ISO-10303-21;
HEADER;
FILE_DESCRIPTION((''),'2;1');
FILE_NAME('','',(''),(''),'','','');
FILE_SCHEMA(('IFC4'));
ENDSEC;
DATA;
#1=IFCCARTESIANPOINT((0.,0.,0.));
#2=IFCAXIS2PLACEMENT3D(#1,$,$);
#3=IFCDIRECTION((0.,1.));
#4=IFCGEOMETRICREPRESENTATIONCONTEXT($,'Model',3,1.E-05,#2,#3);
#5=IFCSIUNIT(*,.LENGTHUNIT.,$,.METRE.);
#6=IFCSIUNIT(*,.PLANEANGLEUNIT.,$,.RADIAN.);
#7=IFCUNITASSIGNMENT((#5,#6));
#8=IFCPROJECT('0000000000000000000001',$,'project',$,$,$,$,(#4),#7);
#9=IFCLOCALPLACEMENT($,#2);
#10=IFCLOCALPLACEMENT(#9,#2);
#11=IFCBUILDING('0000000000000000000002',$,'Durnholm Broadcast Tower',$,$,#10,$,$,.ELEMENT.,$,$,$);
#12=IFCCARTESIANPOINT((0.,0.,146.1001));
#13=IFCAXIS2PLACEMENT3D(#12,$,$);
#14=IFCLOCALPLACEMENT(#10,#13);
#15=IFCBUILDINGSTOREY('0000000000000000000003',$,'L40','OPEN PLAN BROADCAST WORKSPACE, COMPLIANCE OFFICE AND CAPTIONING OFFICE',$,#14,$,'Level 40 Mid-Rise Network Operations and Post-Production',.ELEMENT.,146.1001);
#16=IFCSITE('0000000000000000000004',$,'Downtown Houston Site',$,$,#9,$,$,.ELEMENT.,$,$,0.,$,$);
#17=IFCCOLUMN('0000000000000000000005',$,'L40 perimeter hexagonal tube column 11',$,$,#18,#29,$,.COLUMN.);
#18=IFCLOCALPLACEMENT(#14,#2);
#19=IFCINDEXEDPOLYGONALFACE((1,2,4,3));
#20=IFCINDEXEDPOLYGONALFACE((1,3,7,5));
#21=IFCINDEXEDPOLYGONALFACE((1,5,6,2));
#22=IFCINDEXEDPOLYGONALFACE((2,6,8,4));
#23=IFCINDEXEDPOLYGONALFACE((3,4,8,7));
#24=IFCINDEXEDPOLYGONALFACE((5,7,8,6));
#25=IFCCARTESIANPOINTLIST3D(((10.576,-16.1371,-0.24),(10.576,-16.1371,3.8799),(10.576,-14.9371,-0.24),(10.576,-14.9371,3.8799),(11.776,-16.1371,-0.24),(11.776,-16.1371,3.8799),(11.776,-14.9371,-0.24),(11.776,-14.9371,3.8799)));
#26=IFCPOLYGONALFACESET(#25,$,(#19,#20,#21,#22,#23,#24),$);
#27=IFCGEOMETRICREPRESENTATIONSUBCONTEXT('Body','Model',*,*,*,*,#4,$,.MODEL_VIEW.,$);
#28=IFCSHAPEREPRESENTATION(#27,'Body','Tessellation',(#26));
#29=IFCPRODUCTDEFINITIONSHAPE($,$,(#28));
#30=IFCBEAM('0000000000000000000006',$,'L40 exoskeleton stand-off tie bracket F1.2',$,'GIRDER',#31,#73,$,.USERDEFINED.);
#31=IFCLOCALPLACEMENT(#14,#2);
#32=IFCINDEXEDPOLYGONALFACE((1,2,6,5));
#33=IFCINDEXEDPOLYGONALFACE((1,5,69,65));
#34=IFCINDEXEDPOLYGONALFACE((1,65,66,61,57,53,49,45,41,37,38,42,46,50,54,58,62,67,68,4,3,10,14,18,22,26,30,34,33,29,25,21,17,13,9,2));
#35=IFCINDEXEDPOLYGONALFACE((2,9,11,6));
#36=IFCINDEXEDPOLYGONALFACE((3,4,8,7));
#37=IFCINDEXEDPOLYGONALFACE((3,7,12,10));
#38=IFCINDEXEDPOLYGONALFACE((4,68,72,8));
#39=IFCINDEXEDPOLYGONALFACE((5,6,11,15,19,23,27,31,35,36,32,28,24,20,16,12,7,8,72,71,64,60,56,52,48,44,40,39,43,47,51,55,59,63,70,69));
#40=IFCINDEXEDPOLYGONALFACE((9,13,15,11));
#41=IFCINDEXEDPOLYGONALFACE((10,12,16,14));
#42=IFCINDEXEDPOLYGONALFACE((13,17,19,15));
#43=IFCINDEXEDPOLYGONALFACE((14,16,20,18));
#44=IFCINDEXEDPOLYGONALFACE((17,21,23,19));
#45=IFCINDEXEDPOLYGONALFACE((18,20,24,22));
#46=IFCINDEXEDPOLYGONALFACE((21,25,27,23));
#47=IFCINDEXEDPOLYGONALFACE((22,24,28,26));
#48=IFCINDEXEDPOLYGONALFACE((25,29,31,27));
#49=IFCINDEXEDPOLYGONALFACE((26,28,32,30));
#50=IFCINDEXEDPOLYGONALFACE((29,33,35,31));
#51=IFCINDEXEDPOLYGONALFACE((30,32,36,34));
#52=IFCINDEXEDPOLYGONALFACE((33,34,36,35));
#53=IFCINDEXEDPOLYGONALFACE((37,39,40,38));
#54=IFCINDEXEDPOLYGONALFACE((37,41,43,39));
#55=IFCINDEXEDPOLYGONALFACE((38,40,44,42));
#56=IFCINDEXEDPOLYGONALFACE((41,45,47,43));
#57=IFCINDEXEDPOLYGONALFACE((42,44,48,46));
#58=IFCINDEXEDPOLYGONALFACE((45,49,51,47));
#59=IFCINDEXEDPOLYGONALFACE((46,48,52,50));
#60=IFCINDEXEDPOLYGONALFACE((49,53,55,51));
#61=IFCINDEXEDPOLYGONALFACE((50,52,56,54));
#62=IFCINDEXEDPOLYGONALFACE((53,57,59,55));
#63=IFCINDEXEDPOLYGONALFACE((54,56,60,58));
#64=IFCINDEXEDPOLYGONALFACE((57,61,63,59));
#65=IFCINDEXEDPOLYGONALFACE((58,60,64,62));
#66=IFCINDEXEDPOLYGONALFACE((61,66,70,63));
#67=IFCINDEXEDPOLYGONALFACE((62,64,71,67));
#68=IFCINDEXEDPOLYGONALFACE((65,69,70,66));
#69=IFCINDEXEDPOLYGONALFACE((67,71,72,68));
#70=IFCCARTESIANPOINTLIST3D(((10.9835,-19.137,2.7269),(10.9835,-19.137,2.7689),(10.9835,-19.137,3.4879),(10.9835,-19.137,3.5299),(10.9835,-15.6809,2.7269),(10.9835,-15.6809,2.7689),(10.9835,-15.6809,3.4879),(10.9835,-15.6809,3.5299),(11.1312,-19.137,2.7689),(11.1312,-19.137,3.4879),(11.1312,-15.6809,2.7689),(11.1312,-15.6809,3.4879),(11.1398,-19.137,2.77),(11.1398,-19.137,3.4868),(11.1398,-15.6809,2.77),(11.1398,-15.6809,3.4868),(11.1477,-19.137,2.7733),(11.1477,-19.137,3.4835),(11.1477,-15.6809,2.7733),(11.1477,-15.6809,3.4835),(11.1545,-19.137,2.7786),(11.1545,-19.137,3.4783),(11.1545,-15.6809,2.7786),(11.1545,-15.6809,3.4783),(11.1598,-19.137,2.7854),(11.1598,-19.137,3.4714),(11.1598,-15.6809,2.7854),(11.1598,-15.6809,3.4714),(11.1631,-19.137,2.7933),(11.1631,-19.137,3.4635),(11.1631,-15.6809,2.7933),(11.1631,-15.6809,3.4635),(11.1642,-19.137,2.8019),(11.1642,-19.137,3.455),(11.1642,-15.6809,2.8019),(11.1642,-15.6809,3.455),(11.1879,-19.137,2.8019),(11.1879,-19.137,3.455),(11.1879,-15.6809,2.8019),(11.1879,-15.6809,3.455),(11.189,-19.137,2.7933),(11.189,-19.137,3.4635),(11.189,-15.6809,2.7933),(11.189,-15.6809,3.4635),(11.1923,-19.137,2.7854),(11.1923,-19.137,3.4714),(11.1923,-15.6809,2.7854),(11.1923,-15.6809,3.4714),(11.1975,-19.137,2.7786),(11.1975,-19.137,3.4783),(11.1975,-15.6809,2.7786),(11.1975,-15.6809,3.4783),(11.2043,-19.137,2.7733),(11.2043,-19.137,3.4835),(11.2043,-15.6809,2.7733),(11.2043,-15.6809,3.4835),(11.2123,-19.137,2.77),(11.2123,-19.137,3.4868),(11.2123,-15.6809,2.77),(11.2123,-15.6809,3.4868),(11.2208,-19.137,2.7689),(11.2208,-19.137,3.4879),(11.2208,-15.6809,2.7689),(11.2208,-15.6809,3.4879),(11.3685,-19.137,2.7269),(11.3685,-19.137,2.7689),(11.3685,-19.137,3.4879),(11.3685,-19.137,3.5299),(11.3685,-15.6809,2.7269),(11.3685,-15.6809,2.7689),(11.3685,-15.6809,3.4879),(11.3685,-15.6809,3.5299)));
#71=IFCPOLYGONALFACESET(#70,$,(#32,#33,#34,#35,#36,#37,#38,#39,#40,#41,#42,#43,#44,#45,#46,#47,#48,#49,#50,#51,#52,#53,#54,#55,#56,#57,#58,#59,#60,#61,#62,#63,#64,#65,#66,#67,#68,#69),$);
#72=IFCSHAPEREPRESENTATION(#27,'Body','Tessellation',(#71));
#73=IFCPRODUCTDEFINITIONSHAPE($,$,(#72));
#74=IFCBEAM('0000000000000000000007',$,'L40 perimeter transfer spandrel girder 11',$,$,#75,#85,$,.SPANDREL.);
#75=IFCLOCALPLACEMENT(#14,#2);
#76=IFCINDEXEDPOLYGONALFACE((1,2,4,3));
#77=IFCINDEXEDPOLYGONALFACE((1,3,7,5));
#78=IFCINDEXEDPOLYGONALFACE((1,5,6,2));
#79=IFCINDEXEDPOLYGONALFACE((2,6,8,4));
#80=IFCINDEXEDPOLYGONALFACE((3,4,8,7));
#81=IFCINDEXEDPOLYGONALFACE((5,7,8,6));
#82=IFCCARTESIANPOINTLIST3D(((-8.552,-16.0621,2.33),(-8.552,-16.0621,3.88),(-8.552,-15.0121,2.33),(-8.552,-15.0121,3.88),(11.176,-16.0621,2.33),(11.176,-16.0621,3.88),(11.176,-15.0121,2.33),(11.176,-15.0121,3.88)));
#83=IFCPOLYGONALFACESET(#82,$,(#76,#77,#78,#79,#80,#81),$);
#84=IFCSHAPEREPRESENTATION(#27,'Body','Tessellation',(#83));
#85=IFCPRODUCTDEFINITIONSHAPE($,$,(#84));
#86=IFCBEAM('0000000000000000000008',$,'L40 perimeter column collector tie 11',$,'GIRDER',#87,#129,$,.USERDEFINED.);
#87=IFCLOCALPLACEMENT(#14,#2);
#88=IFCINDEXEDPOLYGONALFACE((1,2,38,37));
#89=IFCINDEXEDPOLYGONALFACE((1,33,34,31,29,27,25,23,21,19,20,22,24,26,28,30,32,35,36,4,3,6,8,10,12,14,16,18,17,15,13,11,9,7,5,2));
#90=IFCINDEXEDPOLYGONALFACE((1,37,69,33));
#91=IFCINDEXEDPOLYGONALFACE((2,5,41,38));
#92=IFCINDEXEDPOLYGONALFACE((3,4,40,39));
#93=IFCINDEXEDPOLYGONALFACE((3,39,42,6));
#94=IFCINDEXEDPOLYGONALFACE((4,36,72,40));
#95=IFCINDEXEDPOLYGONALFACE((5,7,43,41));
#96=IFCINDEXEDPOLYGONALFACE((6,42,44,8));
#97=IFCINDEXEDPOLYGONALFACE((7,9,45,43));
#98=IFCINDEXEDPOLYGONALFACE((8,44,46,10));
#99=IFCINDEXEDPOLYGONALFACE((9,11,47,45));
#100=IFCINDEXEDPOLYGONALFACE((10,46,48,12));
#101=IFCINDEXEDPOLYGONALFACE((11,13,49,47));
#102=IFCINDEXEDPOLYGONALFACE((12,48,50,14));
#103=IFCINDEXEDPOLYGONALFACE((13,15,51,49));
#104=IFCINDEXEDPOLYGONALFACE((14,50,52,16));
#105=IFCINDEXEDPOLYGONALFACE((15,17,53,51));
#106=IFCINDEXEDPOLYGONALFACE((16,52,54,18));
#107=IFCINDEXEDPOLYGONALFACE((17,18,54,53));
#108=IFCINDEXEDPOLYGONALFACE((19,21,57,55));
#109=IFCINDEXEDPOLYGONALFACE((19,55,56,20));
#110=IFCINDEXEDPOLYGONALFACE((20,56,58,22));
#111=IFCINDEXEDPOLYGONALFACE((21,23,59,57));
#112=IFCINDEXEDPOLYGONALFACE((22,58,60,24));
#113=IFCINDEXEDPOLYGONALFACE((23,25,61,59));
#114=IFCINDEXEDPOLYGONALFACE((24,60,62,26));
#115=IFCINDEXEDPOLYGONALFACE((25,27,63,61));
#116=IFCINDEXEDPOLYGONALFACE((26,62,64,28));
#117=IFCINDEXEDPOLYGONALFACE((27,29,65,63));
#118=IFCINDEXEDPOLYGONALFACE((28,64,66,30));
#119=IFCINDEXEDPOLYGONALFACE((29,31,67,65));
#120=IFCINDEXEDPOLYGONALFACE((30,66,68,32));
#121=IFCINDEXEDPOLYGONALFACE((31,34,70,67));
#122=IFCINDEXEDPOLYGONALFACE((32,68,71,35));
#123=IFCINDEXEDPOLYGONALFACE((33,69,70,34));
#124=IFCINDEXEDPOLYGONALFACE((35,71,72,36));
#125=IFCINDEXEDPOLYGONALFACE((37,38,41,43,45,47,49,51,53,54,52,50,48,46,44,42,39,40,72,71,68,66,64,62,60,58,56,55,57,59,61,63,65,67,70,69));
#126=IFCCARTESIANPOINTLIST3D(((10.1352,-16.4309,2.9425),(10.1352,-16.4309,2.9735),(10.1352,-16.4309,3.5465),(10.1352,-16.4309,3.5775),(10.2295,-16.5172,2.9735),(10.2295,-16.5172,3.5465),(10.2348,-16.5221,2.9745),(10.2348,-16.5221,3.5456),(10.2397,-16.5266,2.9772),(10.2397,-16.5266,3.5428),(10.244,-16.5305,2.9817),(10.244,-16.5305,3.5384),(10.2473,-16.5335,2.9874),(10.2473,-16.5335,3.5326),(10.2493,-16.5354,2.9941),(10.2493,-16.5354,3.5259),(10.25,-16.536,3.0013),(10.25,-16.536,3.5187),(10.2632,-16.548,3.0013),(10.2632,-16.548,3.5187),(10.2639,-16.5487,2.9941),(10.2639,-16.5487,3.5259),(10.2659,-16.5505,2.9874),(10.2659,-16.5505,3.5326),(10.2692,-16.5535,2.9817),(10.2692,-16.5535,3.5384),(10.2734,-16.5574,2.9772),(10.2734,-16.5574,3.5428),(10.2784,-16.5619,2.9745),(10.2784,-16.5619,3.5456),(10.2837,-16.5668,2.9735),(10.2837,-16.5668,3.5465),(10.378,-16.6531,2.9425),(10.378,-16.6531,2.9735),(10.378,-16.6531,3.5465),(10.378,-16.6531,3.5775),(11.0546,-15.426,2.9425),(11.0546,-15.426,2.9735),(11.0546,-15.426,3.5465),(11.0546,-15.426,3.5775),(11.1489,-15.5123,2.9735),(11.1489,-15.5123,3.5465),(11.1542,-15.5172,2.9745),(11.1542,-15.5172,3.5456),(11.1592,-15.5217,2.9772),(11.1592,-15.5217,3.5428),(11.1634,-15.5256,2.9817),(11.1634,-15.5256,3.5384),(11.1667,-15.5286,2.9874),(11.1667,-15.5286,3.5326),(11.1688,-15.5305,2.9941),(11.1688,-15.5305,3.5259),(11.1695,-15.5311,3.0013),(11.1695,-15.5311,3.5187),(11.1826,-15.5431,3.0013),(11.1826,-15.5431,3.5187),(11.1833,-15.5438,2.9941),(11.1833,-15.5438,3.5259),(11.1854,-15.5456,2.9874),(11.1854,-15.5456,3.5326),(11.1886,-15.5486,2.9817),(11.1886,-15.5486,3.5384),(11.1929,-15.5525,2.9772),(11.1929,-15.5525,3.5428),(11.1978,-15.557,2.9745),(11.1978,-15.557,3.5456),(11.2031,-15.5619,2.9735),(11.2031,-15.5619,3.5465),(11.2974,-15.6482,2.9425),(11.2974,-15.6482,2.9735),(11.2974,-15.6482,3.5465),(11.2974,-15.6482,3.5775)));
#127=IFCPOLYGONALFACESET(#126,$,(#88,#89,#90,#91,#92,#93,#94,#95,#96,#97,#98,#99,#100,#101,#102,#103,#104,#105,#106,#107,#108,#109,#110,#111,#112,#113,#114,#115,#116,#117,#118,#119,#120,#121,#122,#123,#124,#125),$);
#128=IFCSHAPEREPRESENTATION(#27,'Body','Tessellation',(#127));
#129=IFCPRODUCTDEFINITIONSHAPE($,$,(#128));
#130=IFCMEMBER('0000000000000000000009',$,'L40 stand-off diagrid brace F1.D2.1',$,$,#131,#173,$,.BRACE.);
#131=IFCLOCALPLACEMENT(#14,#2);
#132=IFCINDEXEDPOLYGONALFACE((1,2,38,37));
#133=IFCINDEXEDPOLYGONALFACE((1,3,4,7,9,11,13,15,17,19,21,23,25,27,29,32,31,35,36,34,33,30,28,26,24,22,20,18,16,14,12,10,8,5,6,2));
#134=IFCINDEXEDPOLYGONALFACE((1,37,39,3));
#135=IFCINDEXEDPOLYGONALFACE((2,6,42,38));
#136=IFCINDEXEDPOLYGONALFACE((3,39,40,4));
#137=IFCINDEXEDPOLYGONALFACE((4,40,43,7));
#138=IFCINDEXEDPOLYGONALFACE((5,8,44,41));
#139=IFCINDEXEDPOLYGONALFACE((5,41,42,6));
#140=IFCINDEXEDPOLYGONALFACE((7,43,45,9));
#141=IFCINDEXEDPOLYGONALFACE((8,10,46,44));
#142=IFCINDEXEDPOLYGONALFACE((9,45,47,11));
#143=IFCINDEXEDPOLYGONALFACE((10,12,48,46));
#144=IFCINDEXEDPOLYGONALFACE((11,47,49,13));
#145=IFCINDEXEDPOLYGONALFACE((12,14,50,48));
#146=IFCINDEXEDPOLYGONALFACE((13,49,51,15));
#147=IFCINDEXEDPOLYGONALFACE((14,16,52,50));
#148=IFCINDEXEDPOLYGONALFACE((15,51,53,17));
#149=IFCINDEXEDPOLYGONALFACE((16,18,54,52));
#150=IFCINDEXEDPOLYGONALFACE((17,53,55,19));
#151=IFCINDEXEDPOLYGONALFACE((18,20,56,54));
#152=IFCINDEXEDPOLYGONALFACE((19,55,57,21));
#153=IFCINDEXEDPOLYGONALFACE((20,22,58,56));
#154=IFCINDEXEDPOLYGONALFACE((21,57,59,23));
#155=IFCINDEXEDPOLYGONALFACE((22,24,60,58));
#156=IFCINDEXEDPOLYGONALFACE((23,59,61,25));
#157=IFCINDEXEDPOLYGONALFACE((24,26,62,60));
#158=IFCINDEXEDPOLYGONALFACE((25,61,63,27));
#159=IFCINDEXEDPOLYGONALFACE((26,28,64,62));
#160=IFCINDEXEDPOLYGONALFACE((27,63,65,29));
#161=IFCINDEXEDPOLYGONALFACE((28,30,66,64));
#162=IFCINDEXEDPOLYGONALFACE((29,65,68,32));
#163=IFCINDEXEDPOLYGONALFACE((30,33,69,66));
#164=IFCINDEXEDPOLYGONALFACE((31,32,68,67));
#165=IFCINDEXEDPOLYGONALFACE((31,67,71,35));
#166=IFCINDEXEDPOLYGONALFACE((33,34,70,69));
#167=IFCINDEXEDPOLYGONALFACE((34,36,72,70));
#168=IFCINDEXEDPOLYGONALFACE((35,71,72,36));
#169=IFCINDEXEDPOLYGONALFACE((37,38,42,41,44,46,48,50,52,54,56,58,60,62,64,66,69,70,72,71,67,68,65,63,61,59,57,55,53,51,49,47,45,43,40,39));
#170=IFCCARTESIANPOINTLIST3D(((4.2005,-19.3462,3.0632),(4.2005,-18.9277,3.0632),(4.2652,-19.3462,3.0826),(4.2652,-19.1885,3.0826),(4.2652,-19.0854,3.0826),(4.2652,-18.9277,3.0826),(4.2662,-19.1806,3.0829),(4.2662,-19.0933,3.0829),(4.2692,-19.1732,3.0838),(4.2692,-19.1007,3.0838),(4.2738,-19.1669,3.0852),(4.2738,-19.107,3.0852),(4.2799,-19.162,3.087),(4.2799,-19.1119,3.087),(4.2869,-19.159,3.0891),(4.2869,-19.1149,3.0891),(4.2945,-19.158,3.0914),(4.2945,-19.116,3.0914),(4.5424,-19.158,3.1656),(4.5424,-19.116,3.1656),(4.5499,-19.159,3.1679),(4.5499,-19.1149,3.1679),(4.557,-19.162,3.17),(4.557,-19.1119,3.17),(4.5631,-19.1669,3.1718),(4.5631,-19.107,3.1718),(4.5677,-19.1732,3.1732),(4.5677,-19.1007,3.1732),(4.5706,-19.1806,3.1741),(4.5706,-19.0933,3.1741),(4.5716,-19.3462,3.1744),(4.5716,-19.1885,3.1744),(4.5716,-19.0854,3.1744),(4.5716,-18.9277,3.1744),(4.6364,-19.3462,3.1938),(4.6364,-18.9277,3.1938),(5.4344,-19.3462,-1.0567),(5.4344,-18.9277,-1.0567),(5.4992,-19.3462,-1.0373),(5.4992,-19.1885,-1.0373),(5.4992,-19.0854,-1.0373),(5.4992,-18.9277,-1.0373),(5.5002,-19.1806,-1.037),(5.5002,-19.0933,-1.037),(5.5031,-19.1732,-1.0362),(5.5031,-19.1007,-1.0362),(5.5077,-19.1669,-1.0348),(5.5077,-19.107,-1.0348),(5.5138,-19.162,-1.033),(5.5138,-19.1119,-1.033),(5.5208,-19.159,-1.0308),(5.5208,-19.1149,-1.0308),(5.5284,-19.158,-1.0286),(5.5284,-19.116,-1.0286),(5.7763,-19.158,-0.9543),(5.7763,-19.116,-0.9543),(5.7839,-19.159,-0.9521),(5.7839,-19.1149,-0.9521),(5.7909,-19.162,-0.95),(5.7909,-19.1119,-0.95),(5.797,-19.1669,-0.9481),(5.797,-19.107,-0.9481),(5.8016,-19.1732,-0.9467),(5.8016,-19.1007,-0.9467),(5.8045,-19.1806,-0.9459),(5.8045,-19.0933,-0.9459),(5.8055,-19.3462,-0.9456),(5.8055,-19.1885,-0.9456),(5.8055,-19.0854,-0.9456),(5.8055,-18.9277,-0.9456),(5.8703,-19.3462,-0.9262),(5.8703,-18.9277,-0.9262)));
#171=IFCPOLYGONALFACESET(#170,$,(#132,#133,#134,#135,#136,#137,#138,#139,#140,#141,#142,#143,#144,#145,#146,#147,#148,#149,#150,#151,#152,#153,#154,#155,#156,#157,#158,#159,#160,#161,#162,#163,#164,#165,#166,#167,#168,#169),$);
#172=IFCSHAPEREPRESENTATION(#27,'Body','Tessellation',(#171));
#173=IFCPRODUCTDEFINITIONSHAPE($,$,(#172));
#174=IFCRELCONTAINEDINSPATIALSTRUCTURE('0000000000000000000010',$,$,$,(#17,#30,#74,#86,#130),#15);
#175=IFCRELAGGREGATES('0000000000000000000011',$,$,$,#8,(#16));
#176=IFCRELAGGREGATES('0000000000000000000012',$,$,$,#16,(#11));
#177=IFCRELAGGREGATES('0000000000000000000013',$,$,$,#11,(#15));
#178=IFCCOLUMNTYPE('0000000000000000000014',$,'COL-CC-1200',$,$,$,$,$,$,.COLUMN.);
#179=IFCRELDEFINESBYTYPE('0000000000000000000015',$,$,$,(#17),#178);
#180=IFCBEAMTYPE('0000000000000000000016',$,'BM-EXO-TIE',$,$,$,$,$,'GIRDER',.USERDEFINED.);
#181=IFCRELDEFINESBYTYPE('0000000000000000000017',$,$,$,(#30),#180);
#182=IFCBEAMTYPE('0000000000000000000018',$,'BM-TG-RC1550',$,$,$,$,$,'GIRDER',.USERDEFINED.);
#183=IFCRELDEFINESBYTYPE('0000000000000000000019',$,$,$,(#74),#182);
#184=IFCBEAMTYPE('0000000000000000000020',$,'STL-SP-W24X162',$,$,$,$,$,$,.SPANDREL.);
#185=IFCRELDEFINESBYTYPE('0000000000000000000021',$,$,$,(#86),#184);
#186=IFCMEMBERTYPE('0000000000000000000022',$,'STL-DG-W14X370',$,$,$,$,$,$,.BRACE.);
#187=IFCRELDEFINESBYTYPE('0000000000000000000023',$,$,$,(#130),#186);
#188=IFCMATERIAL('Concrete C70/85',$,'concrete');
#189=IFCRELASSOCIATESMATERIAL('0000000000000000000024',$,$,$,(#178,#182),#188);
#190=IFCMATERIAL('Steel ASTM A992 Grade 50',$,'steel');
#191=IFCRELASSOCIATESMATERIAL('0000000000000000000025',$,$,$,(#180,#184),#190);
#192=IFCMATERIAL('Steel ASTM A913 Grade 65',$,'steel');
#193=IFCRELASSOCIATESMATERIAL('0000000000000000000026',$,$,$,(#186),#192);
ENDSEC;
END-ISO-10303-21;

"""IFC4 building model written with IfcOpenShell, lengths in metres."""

from ifc_helpers import new_model, si_unit, direction, frame, origin, origin_2d, place, context, subcontext, project, spatial, rectangle, i_section, extrude, source, transform, mapped, material, material_profile, profile_set, type_object, type_shapes, element, save


model = new_model("IFC4")

# Units and contexts
model_context = context("Model", 3, precision=1e-05, world=origin(), true_north=direction((0.0, 1.0)))
body_context = subcontext(model_context, "Body", "Model", "MODEL_VIEW")
ifc_project = project(units=[si_unit("LENGTHUNIT", "METRE"), si_unit("PLANEANGLEUNIT", "RADIAN")], contexts=[model_context])

# Site, building, storey
site_placement = place(None, origin())
site = spatial("IfcSite", under=ifc_project, at=site_placement, Name="Downtown Houston Site", CompositionType="ELEMENT", RefElevation=0.0)
building_placement = place(site_placement, origin())
building = spatial("IfcBuilding", under=site, at=building_placement, Name="Durnholm Broadcast Tower", CompositionType="ELEMENT")
storey_placement = place(building_placement, frame((0.0, 0.0, 146.1001)))
storey = spatial("IfcBuildingStorey", under=building, at=storey_placement, Name="L40", Description="OPEN PLAN BROADCAST WORKSPACE, COMPLIANCE OFFICE AND CAPTIONING OFFICE", LongName="Level 40 Mid-Rise Network Operations and Post-Production", CompositionType="ELEMENT", Elevation=146.1001)

# Column
ifc_material_1 = material(Name="Concrete C70/85", Category="concrete")
ifc_material_profile_1 = material_profile(ifc_material_1, rectangle(XDim=1.2, YDim=1.2, at=origin_2d()), Name="RC1200X1200")
ifc_profile_set_1 = profile_set([ifc_material_profile_1], Name="Concrete C70/85")
column_type = type_object("IfcColumnType", Name="COL-CC-1200", PredefinedType="COLUMN", material=ifc_profile_set_1)
shared_shape_1 = source(origin(), body_context, "Body", "SweptSolid", [
    extrude(rectangle(XDim=1.2, YDim=1.2, at=origin_2d()), origin(), (0.0, 0.0, 1.0), 4.1199),
])
type_shapes(column_type, [shared_shape_1])
column_placement = place(storey_placement, frame((11.176, -15.5371, -0.24), z_axis=(0.0, 0.0, 1.0), x_axis=(1.0, 0.0, 0.0)))
element("IfcColumn", 1, at=column_placement, inside=storey, type_object=column_type, Name="L40 perimeter hexagonal tube column 11", PredefinedType="COLUMN", context=body_context, shape_type="MappedRepresentation", body=[
    mapped(shared_shape_1, transform((0.0, 0.0, 0.0), x_axis=(1.0, 0.0, 0.0), y_axis=(0.0, 1.0, 0.0), z_axis=(0.0, 0.0, 1.0), scale=1.0)),
])

# Beams
ifc_material_2 = material(Name="Steel ASTM A992 Grade 50", Category="steel")
ifc_material_profile_2 = material_profile(ifc_material_2, i_section(OverallWidth=0.385, OverallDepth=0.803, WebThickness=0.0237, FlangeThickness=0.042, FilletRadius=0.033, at=origin_2d()), Name="W30X261")
ifc_profile_set_2 = profile_set([ifc_material_profile_2], Name="Steel ASTM A992 Grade 50")
beam_type_1 = type_object("IfcBeamType", Name="BM-EXO-TIE", ElementType="GIRDER", PredefinedType="USERDEFINED", material=ifc_profile_set_2)
shared_shape_2 = source(origin(), body_context, "Body", "SweptSolid", [
    extrude(i_section(OverallWidth=0.385, OverallDepth=0.803, WebThickness=0.0237, FlangeThickness=0.042, FilletRadius=0.033, at=origin_2d()), origin(), (0.0, 0.0, 1.0), 3.4561),
])
type_shapes(beam_type_1, [shared_shape_2])
beam_1_placement = place(storey_placement, frame((11.176, -15.6809, 3.1284), z_axis=(0.0, -1.0, 0.0), x_axis=(1.0, 0.0, 0.0)))
element("IfcBeam", 2, at=beam_1_placement, inside=storey, type_object=beam_type_1, Name="L40 exoskeleton stand-off tie bracket F1.2", ObjectType="GIRDER", PredefinedType="USERDEFINED", context=body_context, shape_type="MappedRepresentation", body=[
    mapped(shared_shape_2, transform((0.0, 0.0, 0.0), x_axis=(1.0, 0.0, 0.0), y_axis=(0.0, 1.0, 0.0), z_axis=(0.0, 0.0, 1.0), scale=1.0)),
])
ifc_material_profile_3 = material_profile(ifc_material_1, rectangle(XDim=1.05, YDim=1.55, at=origin_2d()), Name="RC1050X1550")
ifc_profile_set_3 = profile_set([ifc_material_profile_3], Name="Concrete C70/85")
beam_type_2 = type_object("IfcBeamType", Name="BM-TG-RC1550", ElementType="GIRDER", PredefinedType="USERDEFINED", material=ifc_profile_set_3)
shared_shape_3 = source(origin(), body_context, "Body", "SweptSolid", [
    extrude(rectangle(XDim=1.05, YDim=1.55, at=origin_2d()), origin(), (0.0, 0.0, 1.0), 19.728),
])
type_shapes(beam_type_2, [shared_shape_3])
beam_2_placement = place(storey_placement, frame((11.176, -15.5371, 3.105), z_axis=(-1.0, 0.0, 0.0), x_axis=(0.0, -1.0, 0.0)))
element("IfcBeam", 3, at=beam_2_placement, inside=storey, type_object=beam_type_2, Name="L40 perimeter transfer spandrel girder 11", PredefinedType="SPANDREL", context=body_context, shape_type="MappedRepresentation", body=[
    mapped(shared_shape_3, transform((0.0, 0.0, 0.0), x_axis=(1.0, 0.0, 0.0), y_axis=(0.0, 1.0, 0.0), z_axis=(0.0, 0.0, 1.0), scale=1.0)),
])
ifc_material_profile_4 = material_profile(ifc_material_2, i_section(OverallWidth=0.3291, OverallDepth=0.635, WebThickness=0.0178, FlangeThickness=0.031, FilletRadius=0.0278, at=origin_2d()), Name="W24X162")
ifc_profile_set_4 = profile_set([ifc_material_profile_4], Name="Steel ASTM A992 Grade 50")
beam_type_3 = type_object("IfcBeamType", Name="STL-SP-W24X162", PredefinedType="SPANDREL", material=ifc_profile_set_4)
shared_shape_4 = source(origin(), body_context, "Body", "SweptSolid", [
    extrude(i_section(OverallWidth=0.3291, OverallDepth=0.635, WebThickness=0.0178, FlangeThickness=0.031, FilletRadius=0.0278, at=origin_2d()), origin(), (0.0, 0.0, 1.0), 1.3621),
])
type_shapes(beam_type_3, [shared_shape_4])
beam_3_placement = place(storey_placement, frame((11.176, -15.5371, 3.26), z_axis=(-0.675043, -0.737779, 0.0), x_axis=(0.737779, -0.675043, 0.0)))
element("IfcBeam", 4, at=beam_3_placement, inside=storey, type_object=beam_type_3, Name="L40 perimeter column collector tie 11", ObjectType="GIRDER", PredefinedType="USERDEFINED", context=body_context, shape_type="MappedRepresentation", body=[
    mapped(shared_shape_4, transform((0.0, 0.0, 0.0), x_axis=(1.0, 0.0, 0.0), y_axis=(0.0, 1.0, 0.0), z_axis=(0.0, 0.0, 1.0), scale=1.0)),
])

# Member
ifc_material_3 = material(Name="Steel ASTM A913 Grade 65", Category="steel")
ifc_material_profile_5 = material_profile(ifc_material_3, i_section(OverallWidth=0.4185, OverallDepth=0.4551, WebThickness=0.042, FlangeThickness=0.0676, FilletRadius=0.0305, at=origin_2d()), Name="W14X370")
ifc_profile_set_5 = profile_set([ifc_material_profile_5], Name="Steel ASTM A913 Grade 65")
member_type_1 = type_object("IfcMemberType", Name="STL-DG-W14X370", PredefinedType="BRACE", material=ifc_profile_set_5)
shared_shape_5 = source(origin(), body_context, "Body", "SweptSolid", [
    extrude(i_section(OverallWidth=0.4185, OverallDepth=0.4551, WebThickness=0.042, FlangeThickness=0.0676, FilletRadius=0.0305, at=origin_2d()), origin(), (0.0, 0.0, 1.0), 4.3008),
])
member_1_placement = place(storey_placement, frame((5.6523, -19.137, -0.9915), z_axis=(-0.286905, 0.0, 0.957959), x_axis=(0.0, -1.0, 0.0)))
element("IfcMember", 5, at=member_1_placement, inside=storey, type_object=member_type_1, Name="L40 stand-off diagrid brace F1.D2.1", PredefinedType="BRACE", context=body_context, shape_type="MappedRepresentation", body=[
    mapped(shared_shape_5, transform((0.0, 0.0, 0.0), x_axis=(1.0, 0.0, 0.0), y_axis=(0.0, 1.0, 0.0), z_axis=(0.0, 0.0, 1.0), scale=1.0)),
])

save(model, "model.ifc")
